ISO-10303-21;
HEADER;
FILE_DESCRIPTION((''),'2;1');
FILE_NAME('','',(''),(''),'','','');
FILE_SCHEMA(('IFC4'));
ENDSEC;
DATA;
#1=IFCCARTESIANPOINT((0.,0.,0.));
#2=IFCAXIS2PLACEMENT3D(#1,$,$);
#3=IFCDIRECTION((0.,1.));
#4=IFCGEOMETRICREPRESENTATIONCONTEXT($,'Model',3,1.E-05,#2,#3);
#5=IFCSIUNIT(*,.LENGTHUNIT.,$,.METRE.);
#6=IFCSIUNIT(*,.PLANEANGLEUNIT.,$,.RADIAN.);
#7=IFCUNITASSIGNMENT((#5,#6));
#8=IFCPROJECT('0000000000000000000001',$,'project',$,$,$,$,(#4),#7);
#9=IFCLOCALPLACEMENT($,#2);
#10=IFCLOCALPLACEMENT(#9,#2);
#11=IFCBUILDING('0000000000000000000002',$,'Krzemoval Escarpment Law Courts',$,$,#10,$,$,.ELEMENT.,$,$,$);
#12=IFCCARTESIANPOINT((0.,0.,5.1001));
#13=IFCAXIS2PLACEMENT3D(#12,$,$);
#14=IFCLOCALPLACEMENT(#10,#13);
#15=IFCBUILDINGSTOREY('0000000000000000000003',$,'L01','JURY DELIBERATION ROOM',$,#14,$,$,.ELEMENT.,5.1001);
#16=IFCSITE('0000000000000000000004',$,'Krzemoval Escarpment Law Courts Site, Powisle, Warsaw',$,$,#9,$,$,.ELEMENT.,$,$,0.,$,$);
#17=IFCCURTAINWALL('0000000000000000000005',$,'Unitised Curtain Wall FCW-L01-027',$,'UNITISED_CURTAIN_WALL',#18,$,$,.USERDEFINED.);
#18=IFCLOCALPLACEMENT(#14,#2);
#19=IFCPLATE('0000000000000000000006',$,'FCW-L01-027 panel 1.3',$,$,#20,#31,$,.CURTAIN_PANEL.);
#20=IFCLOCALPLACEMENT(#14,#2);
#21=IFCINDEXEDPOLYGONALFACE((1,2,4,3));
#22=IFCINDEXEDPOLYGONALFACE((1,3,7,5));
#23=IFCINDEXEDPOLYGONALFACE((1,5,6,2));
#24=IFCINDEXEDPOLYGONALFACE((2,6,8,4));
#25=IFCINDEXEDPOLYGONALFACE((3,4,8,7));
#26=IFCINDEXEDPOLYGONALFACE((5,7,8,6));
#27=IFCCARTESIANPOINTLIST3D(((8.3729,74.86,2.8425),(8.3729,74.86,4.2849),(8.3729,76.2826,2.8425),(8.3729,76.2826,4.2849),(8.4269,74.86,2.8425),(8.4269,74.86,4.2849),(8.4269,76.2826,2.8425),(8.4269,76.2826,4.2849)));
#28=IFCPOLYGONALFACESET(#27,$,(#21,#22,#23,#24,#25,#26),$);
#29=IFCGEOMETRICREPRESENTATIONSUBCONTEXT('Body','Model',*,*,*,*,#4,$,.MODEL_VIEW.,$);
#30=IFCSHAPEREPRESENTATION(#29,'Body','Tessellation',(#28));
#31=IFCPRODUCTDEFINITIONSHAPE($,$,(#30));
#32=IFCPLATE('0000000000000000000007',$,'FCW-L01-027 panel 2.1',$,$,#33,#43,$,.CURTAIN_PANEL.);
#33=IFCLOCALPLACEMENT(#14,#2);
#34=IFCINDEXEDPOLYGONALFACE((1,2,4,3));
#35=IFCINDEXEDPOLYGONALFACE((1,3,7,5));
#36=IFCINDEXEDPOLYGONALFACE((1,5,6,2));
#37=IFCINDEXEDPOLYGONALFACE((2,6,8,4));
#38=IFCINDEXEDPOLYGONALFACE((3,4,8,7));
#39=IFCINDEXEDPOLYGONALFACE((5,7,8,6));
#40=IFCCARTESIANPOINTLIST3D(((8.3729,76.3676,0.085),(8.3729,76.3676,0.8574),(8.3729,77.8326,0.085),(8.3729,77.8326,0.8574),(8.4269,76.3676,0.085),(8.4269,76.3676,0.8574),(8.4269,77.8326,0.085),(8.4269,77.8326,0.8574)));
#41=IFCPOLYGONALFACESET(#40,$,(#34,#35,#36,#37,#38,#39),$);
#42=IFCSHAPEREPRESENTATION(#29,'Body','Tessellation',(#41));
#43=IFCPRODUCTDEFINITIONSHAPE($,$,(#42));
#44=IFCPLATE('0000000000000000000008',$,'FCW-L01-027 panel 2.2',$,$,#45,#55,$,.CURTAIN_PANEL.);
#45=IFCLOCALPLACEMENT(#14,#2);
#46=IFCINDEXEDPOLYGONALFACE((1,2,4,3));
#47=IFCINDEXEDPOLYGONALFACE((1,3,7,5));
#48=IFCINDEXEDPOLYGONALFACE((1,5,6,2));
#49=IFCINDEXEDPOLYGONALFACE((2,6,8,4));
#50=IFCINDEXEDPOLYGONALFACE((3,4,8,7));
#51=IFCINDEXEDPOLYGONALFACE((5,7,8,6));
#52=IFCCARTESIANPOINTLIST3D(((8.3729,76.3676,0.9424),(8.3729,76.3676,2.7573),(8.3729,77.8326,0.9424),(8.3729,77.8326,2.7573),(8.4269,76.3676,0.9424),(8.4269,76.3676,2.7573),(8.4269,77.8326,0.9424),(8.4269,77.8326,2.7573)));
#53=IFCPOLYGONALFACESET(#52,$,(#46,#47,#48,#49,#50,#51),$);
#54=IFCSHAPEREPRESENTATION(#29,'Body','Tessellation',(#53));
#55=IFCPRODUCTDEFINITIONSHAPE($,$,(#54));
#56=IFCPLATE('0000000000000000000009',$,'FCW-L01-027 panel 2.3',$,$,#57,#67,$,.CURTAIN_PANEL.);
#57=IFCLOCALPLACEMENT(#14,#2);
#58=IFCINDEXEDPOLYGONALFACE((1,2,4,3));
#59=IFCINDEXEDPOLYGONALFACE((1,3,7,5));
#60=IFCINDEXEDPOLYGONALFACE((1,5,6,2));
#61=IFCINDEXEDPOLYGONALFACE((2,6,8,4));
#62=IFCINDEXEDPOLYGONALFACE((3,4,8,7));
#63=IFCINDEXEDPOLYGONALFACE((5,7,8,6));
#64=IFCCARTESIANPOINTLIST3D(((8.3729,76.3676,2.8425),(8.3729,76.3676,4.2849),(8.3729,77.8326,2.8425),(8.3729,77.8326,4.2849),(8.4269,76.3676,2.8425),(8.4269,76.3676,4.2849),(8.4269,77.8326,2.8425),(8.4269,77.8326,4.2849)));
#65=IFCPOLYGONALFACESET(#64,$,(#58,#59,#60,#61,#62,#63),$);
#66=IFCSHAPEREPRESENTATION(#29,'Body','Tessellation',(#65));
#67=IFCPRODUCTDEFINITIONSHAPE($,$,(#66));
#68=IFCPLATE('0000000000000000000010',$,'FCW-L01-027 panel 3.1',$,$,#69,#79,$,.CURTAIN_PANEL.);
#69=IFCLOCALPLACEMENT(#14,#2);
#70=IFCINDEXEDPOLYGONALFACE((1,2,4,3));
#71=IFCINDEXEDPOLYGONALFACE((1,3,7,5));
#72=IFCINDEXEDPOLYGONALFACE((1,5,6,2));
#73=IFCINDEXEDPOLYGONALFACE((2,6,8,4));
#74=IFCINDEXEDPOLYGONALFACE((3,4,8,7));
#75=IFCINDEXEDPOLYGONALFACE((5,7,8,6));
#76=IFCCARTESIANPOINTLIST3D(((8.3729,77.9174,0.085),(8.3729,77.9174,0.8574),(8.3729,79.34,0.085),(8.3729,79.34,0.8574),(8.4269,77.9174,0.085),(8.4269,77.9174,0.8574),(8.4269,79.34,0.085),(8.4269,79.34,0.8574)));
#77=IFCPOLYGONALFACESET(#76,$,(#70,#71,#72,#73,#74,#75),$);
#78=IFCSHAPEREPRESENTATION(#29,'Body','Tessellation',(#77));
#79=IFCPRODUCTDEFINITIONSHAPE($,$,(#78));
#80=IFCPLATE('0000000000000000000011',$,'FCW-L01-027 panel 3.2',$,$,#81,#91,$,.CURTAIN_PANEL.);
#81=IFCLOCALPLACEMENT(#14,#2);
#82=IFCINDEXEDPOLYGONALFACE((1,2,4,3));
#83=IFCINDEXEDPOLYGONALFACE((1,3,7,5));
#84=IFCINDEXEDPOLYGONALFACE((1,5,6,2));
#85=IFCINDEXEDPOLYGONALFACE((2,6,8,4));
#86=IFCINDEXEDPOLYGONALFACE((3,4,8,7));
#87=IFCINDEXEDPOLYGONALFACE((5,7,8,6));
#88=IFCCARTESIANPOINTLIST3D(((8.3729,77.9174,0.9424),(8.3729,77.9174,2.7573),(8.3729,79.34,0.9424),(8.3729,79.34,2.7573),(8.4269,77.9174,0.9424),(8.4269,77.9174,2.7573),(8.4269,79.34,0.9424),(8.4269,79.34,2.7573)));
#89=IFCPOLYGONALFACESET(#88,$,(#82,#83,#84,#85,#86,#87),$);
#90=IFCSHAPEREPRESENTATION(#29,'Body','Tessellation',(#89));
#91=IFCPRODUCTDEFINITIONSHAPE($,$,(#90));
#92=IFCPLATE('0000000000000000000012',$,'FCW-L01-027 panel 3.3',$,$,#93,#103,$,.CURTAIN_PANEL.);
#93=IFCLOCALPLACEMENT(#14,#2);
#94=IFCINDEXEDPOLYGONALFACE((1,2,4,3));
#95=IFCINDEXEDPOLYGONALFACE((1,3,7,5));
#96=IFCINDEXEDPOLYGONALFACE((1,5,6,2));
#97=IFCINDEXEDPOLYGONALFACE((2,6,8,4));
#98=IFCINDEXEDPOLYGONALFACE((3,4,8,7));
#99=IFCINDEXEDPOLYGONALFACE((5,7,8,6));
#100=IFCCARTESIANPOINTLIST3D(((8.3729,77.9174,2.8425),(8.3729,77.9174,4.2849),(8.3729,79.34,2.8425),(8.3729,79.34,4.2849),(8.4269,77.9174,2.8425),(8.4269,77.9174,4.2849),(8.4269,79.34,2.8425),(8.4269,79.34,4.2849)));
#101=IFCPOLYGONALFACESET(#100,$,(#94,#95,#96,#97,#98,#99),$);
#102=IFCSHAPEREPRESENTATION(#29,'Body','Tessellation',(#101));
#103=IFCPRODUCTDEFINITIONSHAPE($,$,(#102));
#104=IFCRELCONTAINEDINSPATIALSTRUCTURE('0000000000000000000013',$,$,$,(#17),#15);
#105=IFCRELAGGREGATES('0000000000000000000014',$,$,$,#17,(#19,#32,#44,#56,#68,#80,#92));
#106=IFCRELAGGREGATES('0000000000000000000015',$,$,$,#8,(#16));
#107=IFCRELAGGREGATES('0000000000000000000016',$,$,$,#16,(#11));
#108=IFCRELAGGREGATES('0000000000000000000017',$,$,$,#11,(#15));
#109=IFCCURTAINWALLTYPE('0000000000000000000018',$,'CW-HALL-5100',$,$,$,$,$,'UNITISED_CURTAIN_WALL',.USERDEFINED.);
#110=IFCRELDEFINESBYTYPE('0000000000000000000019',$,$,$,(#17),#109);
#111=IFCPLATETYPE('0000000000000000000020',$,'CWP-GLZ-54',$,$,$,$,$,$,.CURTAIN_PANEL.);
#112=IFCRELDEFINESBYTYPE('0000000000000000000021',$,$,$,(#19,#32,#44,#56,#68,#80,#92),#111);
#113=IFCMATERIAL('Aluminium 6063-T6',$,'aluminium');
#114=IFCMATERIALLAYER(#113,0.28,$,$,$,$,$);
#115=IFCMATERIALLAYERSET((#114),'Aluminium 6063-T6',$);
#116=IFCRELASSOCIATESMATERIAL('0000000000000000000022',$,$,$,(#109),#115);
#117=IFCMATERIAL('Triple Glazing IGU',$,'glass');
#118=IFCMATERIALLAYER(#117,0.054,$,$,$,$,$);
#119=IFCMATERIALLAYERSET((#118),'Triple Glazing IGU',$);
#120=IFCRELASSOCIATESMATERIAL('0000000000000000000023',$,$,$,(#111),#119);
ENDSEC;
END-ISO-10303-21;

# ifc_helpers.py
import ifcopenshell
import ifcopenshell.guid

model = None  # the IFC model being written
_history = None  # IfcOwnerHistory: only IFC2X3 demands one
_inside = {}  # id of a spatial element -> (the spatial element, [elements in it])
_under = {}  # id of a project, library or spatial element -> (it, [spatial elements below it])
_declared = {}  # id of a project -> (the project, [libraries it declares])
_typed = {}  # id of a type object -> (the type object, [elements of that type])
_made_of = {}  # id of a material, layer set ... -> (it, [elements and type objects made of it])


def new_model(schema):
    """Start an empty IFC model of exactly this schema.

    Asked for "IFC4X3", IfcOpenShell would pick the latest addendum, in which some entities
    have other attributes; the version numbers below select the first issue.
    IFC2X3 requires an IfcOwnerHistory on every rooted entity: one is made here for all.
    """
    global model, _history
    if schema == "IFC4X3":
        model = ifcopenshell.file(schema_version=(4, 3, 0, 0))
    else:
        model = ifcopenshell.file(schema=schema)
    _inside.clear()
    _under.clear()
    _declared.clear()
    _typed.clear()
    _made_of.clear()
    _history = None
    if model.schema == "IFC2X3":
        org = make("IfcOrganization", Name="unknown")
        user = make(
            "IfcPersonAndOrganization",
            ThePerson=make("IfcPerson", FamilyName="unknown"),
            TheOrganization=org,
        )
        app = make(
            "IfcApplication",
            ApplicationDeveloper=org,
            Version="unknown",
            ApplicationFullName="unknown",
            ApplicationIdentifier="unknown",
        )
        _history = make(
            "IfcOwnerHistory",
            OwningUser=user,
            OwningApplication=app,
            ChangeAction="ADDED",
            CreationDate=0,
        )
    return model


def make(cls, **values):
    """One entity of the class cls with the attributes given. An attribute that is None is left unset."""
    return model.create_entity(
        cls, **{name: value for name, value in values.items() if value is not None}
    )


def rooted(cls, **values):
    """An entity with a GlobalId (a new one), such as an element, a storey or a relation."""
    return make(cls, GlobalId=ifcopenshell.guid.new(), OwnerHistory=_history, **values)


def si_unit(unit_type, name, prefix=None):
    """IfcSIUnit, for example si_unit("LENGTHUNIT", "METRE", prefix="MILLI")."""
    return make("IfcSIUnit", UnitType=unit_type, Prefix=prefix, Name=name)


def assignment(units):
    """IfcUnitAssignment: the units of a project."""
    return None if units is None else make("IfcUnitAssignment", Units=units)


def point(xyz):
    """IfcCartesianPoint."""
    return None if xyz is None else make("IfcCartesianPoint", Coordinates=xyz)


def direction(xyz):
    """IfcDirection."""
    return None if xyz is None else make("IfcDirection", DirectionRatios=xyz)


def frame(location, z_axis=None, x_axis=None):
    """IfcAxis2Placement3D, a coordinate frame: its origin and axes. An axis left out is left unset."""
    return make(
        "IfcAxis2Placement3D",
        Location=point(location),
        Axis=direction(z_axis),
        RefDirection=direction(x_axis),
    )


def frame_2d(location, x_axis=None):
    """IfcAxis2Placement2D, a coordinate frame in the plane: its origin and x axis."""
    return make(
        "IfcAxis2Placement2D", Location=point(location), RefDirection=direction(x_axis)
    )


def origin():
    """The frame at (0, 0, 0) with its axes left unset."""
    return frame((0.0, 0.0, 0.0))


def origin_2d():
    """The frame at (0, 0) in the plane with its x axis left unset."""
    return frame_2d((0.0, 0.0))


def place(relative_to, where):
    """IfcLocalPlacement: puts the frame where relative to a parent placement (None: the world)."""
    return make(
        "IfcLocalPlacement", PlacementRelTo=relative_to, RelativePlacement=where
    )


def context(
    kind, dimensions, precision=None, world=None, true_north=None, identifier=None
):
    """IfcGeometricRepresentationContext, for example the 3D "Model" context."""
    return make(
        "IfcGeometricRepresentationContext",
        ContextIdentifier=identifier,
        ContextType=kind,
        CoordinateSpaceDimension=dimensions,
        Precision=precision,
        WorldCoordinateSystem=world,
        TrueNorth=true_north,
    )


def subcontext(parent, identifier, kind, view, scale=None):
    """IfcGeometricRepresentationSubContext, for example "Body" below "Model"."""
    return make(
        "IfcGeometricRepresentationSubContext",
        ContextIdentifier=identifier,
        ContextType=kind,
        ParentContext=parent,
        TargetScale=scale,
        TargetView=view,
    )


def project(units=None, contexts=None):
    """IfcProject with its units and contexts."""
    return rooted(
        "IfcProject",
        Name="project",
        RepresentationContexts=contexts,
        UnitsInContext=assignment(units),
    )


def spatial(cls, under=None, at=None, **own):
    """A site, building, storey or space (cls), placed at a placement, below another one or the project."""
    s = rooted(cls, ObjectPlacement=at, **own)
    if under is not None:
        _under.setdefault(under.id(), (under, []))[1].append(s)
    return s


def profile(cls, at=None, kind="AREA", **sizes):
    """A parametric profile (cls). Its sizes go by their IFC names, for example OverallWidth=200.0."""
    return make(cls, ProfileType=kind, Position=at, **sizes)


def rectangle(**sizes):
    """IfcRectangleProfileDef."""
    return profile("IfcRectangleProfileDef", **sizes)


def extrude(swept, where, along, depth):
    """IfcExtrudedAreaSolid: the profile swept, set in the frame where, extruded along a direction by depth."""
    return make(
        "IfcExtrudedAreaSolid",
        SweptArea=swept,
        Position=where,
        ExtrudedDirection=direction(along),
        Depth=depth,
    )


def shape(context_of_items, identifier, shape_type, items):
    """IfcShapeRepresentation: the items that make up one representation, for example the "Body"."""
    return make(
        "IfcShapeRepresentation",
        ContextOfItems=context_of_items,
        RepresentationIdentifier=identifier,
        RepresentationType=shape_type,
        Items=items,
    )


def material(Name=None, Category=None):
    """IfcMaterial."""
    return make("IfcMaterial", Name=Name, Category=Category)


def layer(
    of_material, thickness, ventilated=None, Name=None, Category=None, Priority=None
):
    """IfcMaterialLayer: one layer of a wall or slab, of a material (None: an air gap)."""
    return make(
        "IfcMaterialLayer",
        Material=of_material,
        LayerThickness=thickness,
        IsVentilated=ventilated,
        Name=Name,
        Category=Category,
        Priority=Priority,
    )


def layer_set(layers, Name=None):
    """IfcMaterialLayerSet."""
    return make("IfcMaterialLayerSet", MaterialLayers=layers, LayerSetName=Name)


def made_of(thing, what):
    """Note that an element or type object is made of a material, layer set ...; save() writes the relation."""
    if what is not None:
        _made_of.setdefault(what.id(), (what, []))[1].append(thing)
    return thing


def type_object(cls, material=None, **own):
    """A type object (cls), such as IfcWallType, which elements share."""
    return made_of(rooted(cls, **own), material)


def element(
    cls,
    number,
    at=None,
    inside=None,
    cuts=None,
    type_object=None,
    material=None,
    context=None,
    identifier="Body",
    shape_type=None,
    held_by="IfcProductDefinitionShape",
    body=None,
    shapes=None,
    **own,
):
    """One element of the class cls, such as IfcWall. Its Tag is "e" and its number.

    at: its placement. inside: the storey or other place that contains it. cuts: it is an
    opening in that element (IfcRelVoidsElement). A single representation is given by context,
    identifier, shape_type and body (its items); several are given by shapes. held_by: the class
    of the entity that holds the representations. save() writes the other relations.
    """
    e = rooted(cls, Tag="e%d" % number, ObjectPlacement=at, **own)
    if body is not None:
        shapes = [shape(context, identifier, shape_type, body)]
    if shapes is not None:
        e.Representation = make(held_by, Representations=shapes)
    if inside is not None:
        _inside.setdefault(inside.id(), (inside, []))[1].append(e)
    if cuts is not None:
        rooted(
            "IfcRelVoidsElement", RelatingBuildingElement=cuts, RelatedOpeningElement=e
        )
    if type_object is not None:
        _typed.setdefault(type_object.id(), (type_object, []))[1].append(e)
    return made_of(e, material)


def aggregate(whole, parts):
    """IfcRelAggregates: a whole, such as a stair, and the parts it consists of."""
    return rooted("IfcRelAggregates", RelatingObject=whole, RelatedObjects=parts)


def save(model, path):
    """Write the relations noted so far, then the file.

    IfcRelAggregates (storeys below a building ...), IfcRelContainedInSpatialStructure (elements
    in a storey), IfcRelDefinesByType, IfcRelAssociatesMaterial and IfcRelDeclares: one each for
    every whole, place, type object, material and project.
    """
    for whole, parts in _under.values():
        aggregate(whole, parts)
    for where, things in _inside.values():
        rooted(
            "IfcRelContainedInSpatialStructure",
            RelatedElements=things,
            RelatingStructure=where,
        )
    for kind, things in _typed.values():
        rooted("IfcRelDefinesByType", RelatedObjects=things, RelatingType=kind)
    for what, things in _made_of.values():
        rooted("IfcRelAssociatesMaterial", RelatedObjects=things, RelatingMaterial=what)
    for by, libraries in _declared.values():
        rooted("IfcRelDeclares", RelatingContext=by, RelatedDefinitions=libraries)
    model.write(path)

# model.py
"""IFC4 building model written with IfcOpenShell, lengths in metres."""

from ifc_helpers import new_model, si_unit, direction, frame, origin, origin_2d, place, context, subcontext, project, spatial, rectangle, extrude, material, layer, layer_set, type_object, element, aggregate, save


model = new_model("IFC4")

# Units and contexts
model_context = context("Model", 3, precision=1e-05, world=origin(), true_north=direction((0.0, 1.0)))
body_context = subcontext(model_context, "Body", "Model", "MODEL_VIEW")
ifc_project = project(units=[si_unit("LENGTHUNIT", "METRE"), si_unit("PLANEANGLEUNIT", "RADIAN")], contexts=[model_context])

# Site, building, storey
site_placement = place(None, origin())
site = spatial("IfcSite", under=ifc_project, at=site_placement, Name="Krzemoval Escarpment Law Courts Site, Powisle, Warsaw", CompositionType="ELEMENT", RefElevation=0.0)
building_placement = place(site_placement, origin())
building = spatial("IfcBuilding", under=site, at=building_placement, Name="Krzemoval Escarpment Law Courts", CompositionType="ELEMENT")
storey_placement = place(building_placement, frame((0.0, 0.0, 5.1001)))
storey = spatial("IfcBuildingStorey", under=building, at=storey_placement, Name="L01", Description="JURY DELIBERATION ROOM", CompositionType="ELEMENT", Elevation=5.1001)

# Curtain wall
ifc_material_1 = material(Name="Aluminium 6063-T6", Category="aluminium")
ifc_layer_1 = layer(ifc_material_1, 0.28)
ifc_layer_set_1 = layer_set([ifc_layer_1], Name="Aluminium 6063-T6")
curtain_wall_type = type_object("IfcCurtainWallType", Name="CW-HALL-5100", ElementType="UNITISED_CURTAIN_WALL", PredefinedType="USERDEFINED", material=ifc_layer_set_1)
curtain_wall_placement = place(storey_placement, origin())
curtain_wall = element("IfcCurtainWall", 1, at=curtain_wall_placement, inside=storey, type_object=curtain_wall_type, Name="Unitised Curtain Wall FCW-L01-027", ObjectType="UNITISED_CURTAIN_WALL", PredefinedType="USERDEFINED")

# Plates
ifc_material_2 = material(Name="Triple Glazing IGU", Category="glass")
ifc_layer_2 = layer(ifc_material_2, 0.054)
ifc_layer_set_2 = layer_set([ifc_layer_2], Name="Triple Glazing IGU")
plate_type = type_object("IfcPlateType", Name="CWP-GLZ-54", PredefinedType="CURTAIN_PANEL", material=ifc_layer_set_2)
plate_1_placement = place(storey_placement, frame((8.3999, 75.5713, 2.8425), z_axis=(0.0, 0.0, 1.0), x_axis=(0.0, 1.0, 0.0)))
plate_1 = element("IfcPlate", 2, at=plate_1_placement, type_object=plate_type, Name="FCW-L01-027 panel 1.3", PredefinedType="CURTAIN_PANEL", context=body_context, shape_type="SweptSolid", body=[
    extrude(rectangle(XDim=1.4226, YDim=0.054, at=origin_2d()), origin(), (0.0, 0.0, 1.0), 1.4424),
])
plate_2_placement = place(storey_placement, frame((8.3999, 77.1001, 0.085), z_axis=(0.0, 0.0, 1.0), x_axis=(0.0, 1.0, 0.0)))
plate_2 = element("IfcPlate", 3, at=plate_2_placement, type_object=plate_type, Name="FCW-L01-027 panel 2.1", PredefinedType="CURTAIN_PANEL", context=body_context, shape_type="SweptSolid", body=[
    extrude(rectangle(XDim=1.4651, YDim=0.054, at=origin_2d()), origin(), (0.0, 0.0, 1.0), 0.7725),
])
plate_3_placement = place(storey_placement, frame((8.3999, 77.1001, 0.9424), z_axis=(0.0, 0.0, 1.0), x_axis=(0.0, 1.0, 0.0)))
plate_3 = element("IfcPlate", 4, at=plate_3_placement, type_object=plate_type, Name="FCW-L01-027 panel 2.2", PredefinedType="CURTAIN_PANEL", context=body_context, shape_type="SweptSolid", body=[
    extrude(rectangle(XDim=1.4651, YDim=0.054, at=origin_2d()), origin(), (0.0, 0.0, 1.0), 1.8149),
])
plate_4_placement = place(storey_placement, frame((8.3999, 77.1001, 2.8425), z_axis=(0.0, 0.0, 1.0), x_axis=(0.0, 1.0, 0.0)))
plate_4 = element("IfcPlate", 5, at=plate_4_placement, type_object=plate_type, Name="FCW-L01-027 panel 2.3", PredefinedType="CURTAIN_PANEL", context=body_context, shape_type="SweptSolid", body=[
    extrude(rectangle(XDim=1.4651, YDim=0.054, at=origin_2d()), origin(), (0.0, 0.0, 1.0), 1.4424),
])
plate_5_placement = place(storey_placement, frame((8.3999, 78.6287, 0.085), z_axis=(0.0, 0.0, 1.0), x_axis=(0.0, 1.0, 0.0)))
plate_5 = element("IfcPlate", 6, at=plate_5_placement, type_object=plate_type, Name="FCW-L01-027 panel 3.1", PredefinedType="CURTAIN_PANEL", context=body_context, shape_type="SweptSolid", body=[
    extrude(rectangle(XDim=1.4226, YDim=0.054, at=origin_2d()), origin(), (0.0, 0.0, 1.0), 0.7725),
])
plate_6_placement = place(storey_placement, frame((8.3999, 78.6287, 0.9424), z_axis=(0.0, 0.0, 1.0), x_axis=(0.0, 1.0, 0.0)))
plate_6 = element("IfcPlate", 7, at=plate_6_placement, type_object=plate_type, Name="FCW-L01-027 panel 3.2", PredefinedType="CURTAIN_PANEL", context=body_context, shape_type="SweptSolid", body=[
    extrude(rectangle(XDim=1.4226, YDim=0.054, at=origin_2d()), origin(), (0.0, 0.0, 1.0), 1.8149),
])
plate_7_placement = place(storey_placement, frame((8.3999, 78.6287, 2.8425), z_axis=(0.0, 0.0, 1.0), x_axis=(0.0, 1.0, 0.0)))
plate_7 = element("IfcPlate", 8, at=plate_7_placement, type_object=plate_type, Name="FCW-L01-027 panel 3.3", PredefinedType="CURTAIN_PANEL", context=body_context, shape_type="SweptSolid", body=[
    extrude(rectangle(XDim=1.4226, YDim=0.054, at=origin_2d()), origin(), (0.0, 0.0, 1.0), 1.4424),
])
aggregate(curtain_wall, [plate_1, plate_2, plate_3, plate_4, plate_5, plate_6, plate_7])

save(model, "model.ifc")
